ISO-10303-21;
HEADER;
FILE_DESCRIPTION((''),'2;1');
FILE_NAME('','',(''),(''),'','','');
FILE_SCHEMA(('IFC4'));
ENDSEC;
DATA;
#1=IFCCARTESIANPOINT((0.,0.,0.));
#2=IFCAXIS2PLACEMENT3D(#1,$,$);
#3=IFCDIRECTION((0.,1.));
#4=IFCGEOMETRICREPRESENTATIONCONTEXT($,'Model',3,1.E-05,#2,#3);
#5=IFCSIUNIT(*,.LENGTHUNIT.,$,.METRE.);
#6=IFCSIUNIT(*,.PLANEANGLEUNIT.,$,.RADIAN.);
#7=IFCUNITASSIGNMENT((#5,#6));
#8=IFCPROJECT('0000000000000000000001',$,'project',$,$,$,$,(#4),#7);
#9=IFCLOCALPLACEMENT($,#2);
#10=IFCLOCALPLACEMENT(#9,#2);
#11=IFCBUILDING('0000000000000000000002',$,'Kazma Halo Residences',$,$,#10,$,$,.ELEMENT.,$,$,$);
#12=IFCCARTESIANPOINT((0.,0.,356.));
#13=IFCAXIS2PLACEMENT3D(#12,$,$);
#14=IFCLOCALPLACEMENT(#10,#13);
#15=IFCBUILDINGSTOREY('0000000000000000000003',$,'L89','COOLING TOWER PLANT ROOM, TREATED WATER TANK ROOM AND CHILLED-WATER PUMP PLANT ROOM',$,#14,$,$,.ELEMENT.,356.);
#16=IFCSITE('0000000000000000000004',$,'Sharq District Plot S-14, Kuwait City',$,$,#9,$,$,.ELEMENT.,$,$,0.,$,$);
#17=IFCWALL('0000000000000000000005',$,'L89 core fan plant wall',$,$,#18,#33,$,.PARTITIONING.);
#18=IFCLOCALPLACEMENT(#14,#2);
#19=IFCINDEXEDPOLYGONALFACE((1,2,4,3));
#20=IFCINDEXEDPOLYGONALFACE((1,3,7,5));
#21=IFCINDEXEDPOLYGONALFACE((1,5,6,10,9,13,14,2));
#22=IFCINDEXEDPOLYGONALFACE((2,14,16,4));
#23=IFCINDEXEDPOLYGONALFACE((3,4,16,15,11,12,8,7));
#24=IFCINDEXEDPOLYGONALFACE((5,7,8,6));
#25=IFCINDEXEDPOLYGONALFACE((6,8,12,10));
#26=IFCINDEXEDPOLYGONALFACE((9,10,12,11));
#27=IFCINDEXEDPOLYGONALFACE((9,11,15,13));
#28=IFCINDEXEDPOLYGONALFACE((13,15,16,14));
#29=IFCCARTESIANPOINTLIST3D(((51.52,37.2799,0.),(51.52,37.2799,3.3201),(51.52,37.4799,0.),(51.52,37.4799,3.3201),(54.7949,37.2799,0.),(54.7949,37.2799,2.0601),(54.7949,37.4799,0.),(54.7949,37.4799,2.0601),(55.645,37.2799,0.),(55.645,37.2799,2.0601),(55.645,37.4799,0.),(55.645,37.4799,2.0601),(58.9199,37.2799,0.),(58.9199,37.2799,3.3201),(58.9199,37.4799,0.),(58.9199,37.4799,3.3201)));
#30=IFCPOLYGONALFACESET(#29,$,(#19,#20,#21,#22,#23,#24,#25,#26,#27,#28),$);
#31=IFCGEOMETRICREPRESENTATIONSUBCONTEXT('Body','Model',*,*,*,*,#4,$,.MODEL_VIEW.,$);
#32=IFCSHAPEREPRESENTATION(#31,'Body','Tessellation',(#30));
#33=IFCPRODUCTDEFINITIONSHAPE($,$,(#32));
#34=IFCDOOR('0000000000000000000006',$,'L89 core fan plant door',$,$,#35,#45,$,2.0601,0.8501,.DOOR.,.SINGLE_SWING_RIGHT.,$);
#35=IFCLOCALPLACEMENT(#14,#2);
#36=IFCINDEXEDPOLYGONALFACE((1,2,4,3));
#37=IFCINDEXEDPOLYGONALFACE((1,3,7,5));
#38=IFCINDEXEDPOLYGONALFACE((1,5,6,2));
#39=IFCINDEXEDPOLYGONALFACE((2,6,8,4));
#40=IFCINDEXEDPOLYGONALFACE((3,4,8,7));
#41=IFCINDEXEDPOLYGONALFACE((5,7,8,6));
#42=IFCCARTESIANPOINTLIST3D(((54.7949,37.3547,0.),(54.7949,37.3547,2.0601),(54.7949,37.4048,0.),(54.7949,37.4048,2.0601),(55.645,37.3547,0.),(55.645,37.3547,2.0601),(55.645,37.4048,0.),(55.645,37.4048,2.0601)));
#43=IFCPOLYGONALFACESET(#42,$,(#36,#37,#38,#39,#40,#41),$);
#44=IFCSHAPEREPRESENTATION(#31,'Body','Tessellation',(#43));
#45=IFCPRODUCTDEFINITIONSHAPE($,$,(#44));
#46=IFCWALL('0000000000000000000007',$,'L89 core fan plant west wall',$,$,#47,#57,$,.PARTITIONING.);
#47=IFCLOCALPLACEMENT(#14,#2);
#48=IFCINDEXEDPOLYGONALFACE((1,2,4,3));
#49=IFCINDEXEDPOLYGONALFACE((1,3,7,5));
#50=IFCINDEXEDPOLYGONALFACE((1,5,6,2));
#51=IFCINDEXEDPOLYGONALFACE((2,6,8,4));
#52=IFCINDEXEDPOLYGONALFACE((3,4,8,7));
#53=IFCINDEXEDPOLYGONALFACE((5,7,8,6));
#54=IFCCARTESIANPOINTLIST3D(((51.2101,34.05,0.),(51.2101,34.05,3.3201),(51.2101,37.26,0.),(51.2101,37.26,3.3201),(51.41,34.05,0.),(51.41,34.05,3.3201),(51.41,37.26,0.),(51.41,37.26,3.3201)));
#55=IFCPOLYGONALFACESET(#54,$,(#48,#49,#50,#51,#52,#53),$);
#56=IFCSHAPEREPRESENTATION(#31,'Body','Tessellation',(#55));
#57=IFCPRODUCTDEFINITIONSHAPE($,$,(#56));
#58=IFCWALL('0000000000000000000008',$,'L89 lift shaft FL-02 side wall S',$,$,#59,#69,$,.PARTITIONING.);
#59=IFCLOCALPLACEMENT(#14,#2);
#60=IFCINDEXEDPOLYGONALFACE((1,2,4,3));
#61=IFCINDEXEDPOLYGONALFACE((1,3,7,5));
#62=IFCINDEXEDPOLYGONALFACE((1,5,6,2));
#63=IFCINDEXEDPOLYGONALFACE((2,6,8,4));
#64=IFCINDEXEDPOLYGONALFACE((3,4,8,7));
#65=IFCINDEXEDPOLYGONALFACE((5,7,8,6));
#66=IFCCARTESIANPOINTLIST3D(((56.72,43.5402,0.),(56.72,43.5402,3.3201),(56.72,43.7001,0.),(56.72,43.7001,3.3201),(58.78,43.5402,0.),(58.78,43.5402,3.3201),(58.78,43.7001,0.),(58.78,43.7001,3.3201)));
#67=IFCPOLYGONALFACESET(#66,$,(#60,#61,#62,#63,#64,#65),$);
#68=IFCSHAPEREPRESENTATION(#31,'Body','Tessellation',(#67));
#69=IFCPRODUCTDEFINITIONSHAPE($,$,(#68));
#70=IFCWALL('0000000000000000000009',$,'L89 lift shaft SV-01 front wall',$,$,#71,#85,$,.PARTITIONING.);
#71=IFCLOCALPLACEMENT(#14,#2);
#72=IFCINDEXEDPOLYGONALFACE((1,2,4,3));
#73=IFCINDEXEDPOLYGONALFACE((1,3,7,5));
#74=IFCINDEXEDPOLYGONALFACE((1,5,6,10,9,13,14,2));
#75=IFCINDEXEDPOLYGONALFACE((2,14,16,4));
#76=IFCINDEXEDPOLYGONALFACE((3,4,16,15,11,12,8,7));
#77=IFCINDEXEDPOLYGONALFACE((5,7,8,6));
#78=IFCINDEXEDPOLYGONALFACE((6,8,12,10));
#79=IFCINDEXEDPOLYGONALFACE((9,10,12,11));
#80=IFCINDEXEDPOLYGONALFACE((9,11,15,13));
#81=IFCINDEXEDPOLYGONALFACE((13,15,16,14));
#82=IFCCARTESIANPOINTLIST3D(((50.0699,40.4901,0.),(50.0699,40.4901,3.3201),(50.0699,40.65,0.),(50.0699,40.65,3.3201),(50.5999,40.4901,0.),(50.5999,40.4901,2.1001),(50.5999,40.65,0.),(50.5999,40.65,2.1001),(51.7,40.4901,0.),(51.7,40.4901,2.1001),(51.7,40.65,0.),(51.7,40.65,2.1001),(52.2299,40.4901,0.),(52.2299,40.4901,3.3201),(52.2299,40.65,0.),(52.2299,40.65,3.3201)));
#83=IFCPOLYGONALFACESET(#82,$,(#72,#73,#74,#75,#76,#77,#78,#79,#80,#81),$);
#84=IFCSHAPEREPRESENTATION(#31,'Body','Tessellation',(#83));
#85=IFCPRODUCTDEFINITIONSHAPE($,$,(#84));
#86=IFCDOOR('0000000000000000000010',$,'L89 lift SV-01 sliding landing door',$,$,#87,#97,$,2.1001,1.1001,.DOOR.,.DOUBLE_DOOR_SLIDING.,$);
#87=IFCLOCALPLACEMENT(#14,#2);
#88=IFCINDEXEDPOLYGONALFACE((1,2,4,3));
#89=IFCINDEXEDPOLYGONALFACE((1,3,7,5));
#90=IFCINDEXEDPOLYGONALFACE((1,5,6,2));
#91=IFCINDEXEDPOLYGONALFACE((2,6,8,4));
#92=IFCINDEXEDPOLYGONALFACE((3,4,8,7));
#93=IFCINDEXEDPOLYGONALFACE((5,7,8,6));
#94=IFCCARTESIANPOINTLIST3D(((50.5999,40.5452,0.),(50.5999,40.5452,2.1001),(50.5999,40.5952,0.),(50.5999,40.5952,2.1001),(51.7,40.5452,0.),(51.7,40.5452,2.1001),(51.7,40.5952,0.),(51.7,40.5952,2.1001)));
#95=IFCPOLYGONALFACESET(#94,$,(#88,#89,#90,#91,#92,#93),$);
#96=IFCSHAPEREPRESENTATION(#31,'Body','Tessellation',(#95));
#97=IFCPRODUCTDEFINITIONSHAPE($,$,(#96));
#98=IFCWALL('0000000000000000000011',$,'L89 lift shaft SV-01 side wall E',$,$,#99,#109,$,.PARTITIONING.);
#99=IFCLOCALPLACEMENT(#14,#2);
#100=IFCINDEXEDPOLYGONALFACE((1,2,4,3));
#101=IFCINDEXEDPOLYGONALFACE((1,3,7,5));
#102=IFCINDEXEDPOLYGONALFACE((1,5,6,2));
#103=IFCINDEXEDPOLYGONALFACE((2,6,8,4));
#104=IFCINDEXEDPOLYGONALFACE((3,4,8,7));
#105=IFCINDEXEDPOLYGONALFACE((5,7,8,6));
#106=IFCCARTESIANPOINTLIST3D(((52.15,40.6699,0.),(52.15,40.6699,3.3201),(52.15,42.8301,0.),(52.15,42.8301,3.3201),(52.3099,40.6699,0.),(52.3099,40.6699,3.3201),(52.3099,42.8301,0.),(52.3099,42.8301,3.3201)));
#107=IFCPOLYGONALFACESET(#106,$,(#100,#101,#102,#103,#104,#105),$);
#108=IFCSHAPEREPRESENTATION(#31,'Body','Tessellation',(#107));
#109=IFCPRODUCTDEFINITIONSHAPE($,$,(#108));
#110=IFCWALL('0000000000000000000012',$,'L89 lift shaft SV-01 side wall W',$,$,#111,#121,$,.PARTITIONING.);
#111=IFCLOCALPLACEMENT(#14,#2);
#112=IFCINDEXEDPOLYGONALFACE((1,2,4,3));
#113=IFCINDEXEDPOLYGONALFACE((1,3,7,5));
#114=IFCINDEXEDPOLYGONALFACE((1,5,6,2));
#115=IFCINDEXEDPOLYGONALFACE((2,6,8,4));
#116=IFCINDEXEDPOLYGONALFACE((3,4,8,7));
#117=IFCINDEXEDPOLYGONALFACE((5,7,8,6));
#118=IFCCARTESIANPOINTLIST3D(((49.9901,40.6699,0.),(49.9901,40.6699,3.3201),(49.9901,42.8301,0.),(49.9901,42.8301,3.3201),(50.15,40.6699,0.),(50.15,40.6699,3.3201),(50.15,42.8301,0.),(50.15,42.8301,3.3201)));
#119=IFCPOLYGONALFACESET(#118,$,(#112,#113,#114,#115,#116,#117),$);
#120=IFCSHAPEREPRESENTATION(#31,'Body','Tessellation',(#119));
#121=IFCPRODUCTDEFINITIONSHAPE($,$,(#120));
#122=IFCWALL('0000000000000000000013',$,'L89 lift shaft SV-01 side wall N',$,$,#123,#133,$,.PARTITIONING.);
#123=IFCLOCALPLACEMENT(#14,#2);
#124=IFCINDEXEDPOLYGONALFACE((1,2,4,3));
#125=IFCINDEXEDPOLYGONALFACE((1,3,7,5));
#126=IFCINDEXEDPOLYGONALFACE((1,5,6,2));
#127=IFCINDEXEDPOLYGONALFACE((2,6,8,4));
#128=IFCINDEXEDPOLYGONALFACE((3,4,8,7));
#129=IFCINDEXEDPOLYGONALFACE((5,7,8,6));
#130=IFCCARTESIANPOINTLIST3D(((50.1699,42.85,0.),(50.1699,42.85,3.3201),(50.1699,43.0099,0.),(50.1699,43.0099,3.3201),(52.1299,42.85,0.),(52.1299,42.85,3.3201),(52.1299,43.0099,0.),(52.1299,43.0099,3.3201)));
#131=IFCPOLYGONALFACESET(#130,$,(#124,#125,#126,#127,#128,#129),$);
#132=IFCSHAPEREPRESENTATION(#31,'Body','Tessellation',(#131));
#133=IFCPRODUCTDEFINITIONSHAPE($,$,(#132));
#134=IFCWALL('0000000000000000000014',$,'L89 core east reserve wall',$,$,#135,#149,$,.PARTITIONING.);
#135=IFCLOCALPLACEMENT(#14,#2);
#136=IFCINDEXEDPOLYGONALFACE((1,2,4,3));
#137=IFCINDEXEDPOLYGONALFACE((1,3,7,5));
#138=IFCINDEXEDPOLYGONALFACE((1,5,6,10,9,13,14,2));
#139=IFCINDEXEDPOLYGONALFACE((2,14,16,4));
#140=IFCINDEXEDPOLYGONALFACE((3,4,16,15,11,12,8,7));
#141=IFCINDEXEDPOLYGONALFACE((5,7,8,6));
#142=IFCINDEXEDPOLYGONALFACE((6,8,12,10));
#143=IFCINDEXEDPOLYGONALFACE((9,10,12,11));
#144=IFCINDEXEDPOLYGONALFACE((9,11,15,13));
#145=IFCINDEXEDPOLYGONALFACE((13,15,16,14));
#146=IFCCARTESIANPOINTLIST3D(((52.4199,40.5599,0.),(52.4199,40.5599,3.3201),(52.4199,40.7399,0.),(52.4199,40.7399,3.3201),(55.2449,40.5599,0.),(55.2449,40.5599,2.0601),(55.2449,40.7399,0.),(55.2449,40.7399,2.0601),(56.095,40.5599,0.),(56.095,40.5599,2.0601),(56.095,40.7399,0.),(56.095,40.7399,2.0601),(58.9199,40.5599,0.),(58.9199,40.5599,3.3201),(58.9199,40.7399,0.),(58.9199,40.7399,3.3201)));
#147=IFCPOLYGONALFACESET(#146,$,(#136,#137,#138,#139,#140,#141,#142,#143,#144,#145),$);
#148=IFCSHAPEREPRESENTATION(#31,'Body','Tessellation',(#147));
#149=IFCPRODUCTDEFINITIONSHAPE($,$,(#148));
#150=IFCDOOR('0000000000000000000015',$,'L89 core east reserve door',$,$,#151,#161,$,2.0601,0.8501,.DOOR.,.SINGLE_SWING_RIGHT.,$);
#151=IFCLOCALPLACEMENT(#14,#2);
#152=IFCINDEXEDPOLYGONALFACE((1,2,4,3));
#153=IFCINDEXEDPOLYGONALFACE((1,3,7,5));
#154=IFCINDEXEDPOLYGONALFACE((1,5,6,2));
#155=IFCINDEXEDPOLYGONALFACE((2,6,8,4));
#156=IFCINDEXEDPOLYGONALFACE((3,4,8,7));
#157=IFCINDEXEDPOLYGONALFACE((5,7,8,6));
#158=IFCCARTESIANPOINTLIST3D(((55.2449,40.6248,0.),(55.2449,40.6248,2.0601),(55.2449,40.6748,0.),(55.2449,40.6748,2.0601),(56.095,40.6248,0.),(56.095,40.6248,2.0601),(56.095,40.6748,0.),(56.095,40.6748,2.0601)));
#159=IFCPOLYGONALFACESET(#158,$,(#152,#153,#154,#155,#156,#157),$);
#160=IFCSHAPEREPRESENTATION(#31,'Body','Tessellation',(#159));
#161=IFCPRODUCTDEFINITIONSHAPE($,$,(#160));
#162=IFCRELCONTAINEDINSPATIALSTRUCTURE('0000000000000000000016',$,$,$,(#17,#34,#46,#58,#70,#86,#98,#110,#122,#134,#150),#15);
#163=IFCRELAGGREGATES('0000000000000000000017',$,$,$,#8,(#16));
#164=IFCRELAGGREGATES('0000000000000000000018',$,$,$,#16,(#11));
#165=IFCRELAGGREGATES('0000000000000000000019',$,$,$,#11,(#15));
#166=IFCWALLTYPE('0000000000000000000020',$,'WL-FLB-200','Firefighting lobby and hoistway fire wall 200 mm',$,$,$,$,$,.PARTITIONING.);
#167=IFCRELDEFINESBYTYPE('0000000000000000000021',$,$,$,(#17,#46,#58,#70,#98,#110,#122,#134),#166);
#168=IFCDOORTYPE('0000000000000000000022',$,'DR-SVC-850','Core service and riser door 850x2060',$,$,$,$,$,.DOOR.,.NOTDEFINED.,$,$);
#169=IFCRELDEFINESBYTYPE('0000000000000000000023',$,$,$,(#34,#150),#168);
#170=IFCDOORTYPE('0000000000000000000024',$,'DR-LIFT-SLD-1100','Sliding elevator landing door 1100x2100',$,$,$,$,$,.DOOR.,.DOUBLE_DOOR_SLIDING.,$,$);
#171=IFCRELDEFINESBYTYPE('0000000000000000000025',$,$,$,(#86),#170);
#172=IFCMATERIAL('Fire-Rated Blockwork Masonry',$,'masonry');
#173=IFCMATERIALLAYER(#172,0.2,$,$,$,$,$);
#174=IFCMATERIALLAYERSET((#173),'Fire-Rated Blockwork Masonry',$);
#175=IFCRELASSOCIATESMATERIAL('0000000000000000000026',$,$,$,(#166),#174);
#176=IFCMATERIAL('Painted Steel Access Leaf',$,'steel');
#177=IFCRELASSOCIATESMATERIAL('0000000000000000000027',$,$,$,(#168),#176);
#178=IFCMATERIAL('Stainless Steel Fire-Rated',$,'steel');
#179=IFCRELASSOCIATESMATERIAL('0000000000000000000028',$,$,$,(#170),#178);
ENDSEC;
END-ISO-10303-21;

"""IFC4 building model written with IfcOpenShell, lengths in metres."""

from ifc_helpers import new_model, si_unit, direction, frame, frame_2d, origin, place, context, subcontext, project, spatial, rectangle, extrude, material, layer, layer_set, type_object, element, fill, save


model = new_model("IFC4")

# Units and contexts
model_context = context("Model", 3, precision=1e-05, world=origin(), true_north=direction((0.0, 1.0)))
body_context = subcontext(model_context, "Body", "Model", "MODEL_VIEW")
ifc_project = project(units=[si_unit("LENGTHUNIT", "METRE"), si_unit("PLANEANGLEUNIT", "RADIAN")], contexts=[model_context])

# Site, building, storey
site_placement = place(None, origin())
site = spatial("IfcSite", under=ifc_project, at=site_placement, Name="Sharq District Plot S-14, Kuwait City", CompositionType="ELEMENT", RefElevation=0.0)
building_placement = place(site_placement, origin())
building = spatial("IfcBuilding", under=site, at=building_placement, Name="Kazma Halo Residences", CompositionType="ELEMENT")
storey_placement = place(building_placement, frame((0.0, 0.0, 356.0)))
storey = spatial("IfcBuildingStorey", under=building, at=storey_placement, Name="L89", Description="COOLING TOWER PLANT ROOM, TREATED WATER TANK ROOM AND CHILLED-WATER PUMP PLANT ROOM", CompositionType="ELEMENT", Elevation=356.0)

# Wall, opening, door
ifc_material_1 = material(Name="Fire-Rated Blockwork Masonry", Category="masonry")
ifc_layer_1 = layer(ifc_material_1, 0.2)
ifc_layer_set_1 = layer_set([ifc_layer_1], Name="Fire-Rated Blockwork Masonry")
wall_type_1 = type_object("IfcWallType", Name="WL-FLB-200", Description="Firefighting lobby and hoistway fire wall 200 mm", PredefinedType="PARTITIONING", material=ifc_layer_set_1)
wall_1_placement = place(storey_placement, frame((51.52, 37.3799, 0.0), z_axis=(0.0, 0.0, 1.0), x_axis=(1.0, 0.0, 0.0)))
wall_1 = element("IfcWall", 1, at=wall_1_placement, inside=storey, type_object=wall_type_1, Name="L89 core fan plant wall", PredefinedType="PARTITIONING", context=body_context, shape_type="SweptSolid", body=[
    extrude(rectangle(XDim=7.3999, YDim=0.2, at=frame_2d((3.7, 0.0))), origin(), (0.0, 0.0, 1.0), 3.3201),
])
opening_1_placement = place(wall_1_placement, frame((3.2749, 0.0, 0.0)))
opening_1 = element("IfcOpeningElement", 2, at=opening_1_placement, cuts=wall_1, PredefinedType="OPENING", context=body_context, shape_type="SweptSolid", body=[
    extrude(rectangle(XDim=0.8501, YDim=2.0601, at=frame_2d((0.425, 1.03))), frame((0.0, 0.1099, 0.0), z_axis=(0.0, -1.0, 0.0), x_axis=(1.0, 0.0, 0.0)), (0.0, 0.0, 1.0), 0.22),
])
ifc_material_2 = material(Name="Painted Steel Access Leaf", Category="steel")
door_type_1 = type_object("IfcDoorType", Name="DR-SVC-850", Description="Core service and riser door 850x2060", OperationType="NOTDEFINED", PredefinedType="DOOR", material=ifc_material_2)
door_1_placement = place(opening_1_placement, origin())
door_1 = element("IfcDoor", 3, at=door_1_placement, inside=storey, type_object=door_type_1, Name="L89 core fan plant door", OperationType="SINGLE_SWING_RIGHT", OverallHeight=2.0601, OverallWidth=0.8501, PredefinedType="DOOR", context=body_context, shape_type="SweptSolid", body=[
    extrude(rectangle(XDim=0.8501, YDim=2.0601, at=frame_2d((0.425, 1.03))), frame((0.0, 0.0249, 0.0), z_axis=(0.0, -1.0, 0.0), x_axis=(1.0, 0.0, 0.0)), (0.0, 0.0, 1.0), 0.05),
])
fill(opening_1, door_1)

# Walls
wall_2_placement = place(storey_placement, frame((51.3101, 34.05, 0.0), z_axis=(0.0, 0.0, 1.0), x_axis=(0.0, 1.0, 0.0)))
element("IfcWall", 4, at=wall_2_placement, inside=storey, type_object=wall_type_1, Name="L89 core fan plant west wall", PredefinedType="PARTITIONING", context=body_context, shape_type="SweptSolid", body=[
    extrude(rectangle(XDim=3.21, YDim=0.2, at=frame_2d((1.605, 0.0))), origin(), (0.0, 0.0, 1.0), 3.3201),
])
wall_3_placement = place(storey_placement, frame((56.72, 43.6201, 0.0), z_axis=(0.0, 0.0, 1.0), x_axis=(1.0, 0.0, 0.0)))
element("IfcWall", 5, at=wall_3_placement, inside=storey, type_object=wall_type_1, Name="L89 lift shaft FL-02 side wall S", PredefinedType="PARTITIONING", context=body_context, shape_type="SweptSolid", body=[
    extrude(rectangle(XDim=2.0601, YDim=0.1599, at=frame_2d((1.03, 0.0))), origin(), (0.0, 0.0, 1.0), 3.3201),
])

# Wall, opening, door
wall_4_placement = place(storey_placement, frame((52.23, 40.5701, 0.0), z_axis=(0.0, 0.0, 1.0), x_axis=(-1.0, 0.0, 0.0)))
wall_4 = element("IfcWall", 6, at=wall_4_placement, inside=storey, type_object=wall_type_1, Name="L89 lift shaft SV-01 front wall", PredefinedType="PARTITIONING", context=body_context, shape_type="SweptSolid", body=[
    extrude(rectangle(XDim=2.1599, YDim=0.1599, at=frame_2d((1.0801, 0.0))), origin(), (0.0, 0.0, 1.0), 3.3201),
])
opening_2_placement = place(wall_4_placement, frame((0.53, 0.0, 0.0)))
opening_2 = element("IfcOpeningElement", 7, at=opening_2_placement, cuts=wall_4, PredefinedType="OPENING", context=body_context, shape_type="SweptSolid", body=[
    extrude(rectangle(XDim=1.1001, YDim=2.1001, at=frame_2d((0.55, 1.05))), frame((0.0, 0.0898, 0.0), z_axis=(0.0, -1.0, 0.0), x_axis=(1.0, 0.0, 0.0)), (0.0, 0.0, 1.0), 0.1799),
])
ifc_material_3 = material(Name="Stainless Steel Fire-Rated", Category="steel")
door_type_2 = type_object("IfcDoorType", Name="DR-LIFT-SLD-1100", Description="Sliding elevator landing door 1100x2100", OperationType="DOUBLE_DOOR_SLIDING", PredefinedType="DOOR", material=ifc_material_3)
door_2_placement = place(opening_2_placement, origin())
door_2 = element("IfcDoor", 8, at=door_2_placement, inside=storey, type_object=door_type_2, Name="L89 lift SV-01 sliding landing door", OperationType="DOUBLE_DOOR_SLIDING", OverallHeight=2.1001, OverallWidth=1.1001, PredefinedType="DOOR", context=body_context, shape_type="SweptSolid", body=[
    extrude(rectangle(XDim=1.1001, YDim=2.1001, at=frame_2d((0.55, 1.05))), frame((0.0, 0.0249, 0.0), z_axis=(0.0, -1.0, 0.0), x_axis=(1.0, 0.0, 0.0)), (0.0, 0.0, 1.0), 0.05),
])
fill(opening_2, door_2)

# Walls
for number, where, z_axis, x_axis, name in (
    (9, (52.23, 40.6699, 0.0), (0.0, 0.0, 1.0), (0.0, 1.0, 0.0), "L89 lift shaft SV-01 side wall E"),
    (10, (50.0701, 40.6699, 0.0), (0.0, 0.0, 1.0), (0.0, 1.0, 0.0), "L89 lift shaft SV-01 side wall W"),
):
    element("IfcWall", number, at=place(storey_placement, frame(where, z_axis=z_axis, x_axis=x_axis)), inside=storey, type_object=wall_type_1, Name=name, PredefinedType="PARTITIONING", context=body_context, shape_type="SweptSolid", body=[
        extrude(rectangle(XDim=2.1602, YDim=0.1599, at=frame_2d((1.0801, 0.0))), origin(), (0.0, 0.0, 1.0), 3.3201),
    ])
wall_5_placement = place(storey_placement, frame((50.1699, 42.9299, 0.0), z_axis=(0.0, 0.0, 1.0), x_axis=(1.0, 0.0, 0.0)))
element("IfcWall", 11, at=wall_5_placement, inside=storey, type_object=wall_type_1, Name="L89 lift shaft SV-01 side wall N", PredefinedType="PARTITIONING", context=body_context, shape_type="SweptSolid", body=[
    extrude(rectangle(XDim=1.96, YDim=0.1599, at=frame_2d((0.98, 0.0))), origin(), (0.0, 0.0, 1.0), 3.3201),
])

# Wall, opening, door
wall_6_placement = place(storey_placement, frame((52.4199, 40.6499, 0.0), z_axis=(0.0, 0.0, 1.0), x_axis=(1.0, 0.0, 0.0)))
wall_6 = element("IfcWall", 12, at=wall_6_placement, inside=storey, type_object=wall_type_1, Name="L89 core east reserve wall", PredefinedType="PARTITIONING", context=body_context, shape_type="SweptSolid", body=[
    extrude(rectangle(XDim=6.5, YDim=0.1799, at=frame_2d((3.25, 0.0))), origin(), (0.0, 0.0, 1.0), 3.3201),
])
opening_3_placement = place(wall_6_placement, frame((2.825, 0.0, 0.0)))
opening_3 = element("IfcOpeningElement", 13, at=opening_3_placement, cuts=wall_6, PredefinedType="OPENING", context=body_context, shape_type="SweptSolid", body=[
    extrude(rectangle(XDim=0.8501, YDim=2.0601, at=frame_2d((0.425, 1.03))), frame((0.0, 0.0999, 0.0), z_axis=(0.0, -1.0, 0.0), x_axis=(1.0, 0.0, 0.0)), (0.0, 0.0, 1.0), 0.2),
])
door_3_placement = place(opening_3_placement, origin())
door_3 = element("IfcDoor", 14, at=door_3_placement, inside=storey, type_object=door_type_1, Name="L89 core east reserve door", OperationType="SINGLE_SWING_RIGHT", OverallHeight=2.0601, OverallWidth=0.8501, PredefinedType="DOOR", context=body_context, shape_type="SweptSolid", body=[
    extrude(rectangle(XDim=0.8501, YDim=2.0601, at=frame_2d((0.425, 1.03))), frame((0.0, 0.0249, 0.0), z_axis=(0.0, -1.0, 0.0), x_axis=(1.0, 0.0, 0.0)), (0.0, 0.0, 1.0), 0.05),
])
fill(opening_3, door_3)

save(model, "model.ifc")
